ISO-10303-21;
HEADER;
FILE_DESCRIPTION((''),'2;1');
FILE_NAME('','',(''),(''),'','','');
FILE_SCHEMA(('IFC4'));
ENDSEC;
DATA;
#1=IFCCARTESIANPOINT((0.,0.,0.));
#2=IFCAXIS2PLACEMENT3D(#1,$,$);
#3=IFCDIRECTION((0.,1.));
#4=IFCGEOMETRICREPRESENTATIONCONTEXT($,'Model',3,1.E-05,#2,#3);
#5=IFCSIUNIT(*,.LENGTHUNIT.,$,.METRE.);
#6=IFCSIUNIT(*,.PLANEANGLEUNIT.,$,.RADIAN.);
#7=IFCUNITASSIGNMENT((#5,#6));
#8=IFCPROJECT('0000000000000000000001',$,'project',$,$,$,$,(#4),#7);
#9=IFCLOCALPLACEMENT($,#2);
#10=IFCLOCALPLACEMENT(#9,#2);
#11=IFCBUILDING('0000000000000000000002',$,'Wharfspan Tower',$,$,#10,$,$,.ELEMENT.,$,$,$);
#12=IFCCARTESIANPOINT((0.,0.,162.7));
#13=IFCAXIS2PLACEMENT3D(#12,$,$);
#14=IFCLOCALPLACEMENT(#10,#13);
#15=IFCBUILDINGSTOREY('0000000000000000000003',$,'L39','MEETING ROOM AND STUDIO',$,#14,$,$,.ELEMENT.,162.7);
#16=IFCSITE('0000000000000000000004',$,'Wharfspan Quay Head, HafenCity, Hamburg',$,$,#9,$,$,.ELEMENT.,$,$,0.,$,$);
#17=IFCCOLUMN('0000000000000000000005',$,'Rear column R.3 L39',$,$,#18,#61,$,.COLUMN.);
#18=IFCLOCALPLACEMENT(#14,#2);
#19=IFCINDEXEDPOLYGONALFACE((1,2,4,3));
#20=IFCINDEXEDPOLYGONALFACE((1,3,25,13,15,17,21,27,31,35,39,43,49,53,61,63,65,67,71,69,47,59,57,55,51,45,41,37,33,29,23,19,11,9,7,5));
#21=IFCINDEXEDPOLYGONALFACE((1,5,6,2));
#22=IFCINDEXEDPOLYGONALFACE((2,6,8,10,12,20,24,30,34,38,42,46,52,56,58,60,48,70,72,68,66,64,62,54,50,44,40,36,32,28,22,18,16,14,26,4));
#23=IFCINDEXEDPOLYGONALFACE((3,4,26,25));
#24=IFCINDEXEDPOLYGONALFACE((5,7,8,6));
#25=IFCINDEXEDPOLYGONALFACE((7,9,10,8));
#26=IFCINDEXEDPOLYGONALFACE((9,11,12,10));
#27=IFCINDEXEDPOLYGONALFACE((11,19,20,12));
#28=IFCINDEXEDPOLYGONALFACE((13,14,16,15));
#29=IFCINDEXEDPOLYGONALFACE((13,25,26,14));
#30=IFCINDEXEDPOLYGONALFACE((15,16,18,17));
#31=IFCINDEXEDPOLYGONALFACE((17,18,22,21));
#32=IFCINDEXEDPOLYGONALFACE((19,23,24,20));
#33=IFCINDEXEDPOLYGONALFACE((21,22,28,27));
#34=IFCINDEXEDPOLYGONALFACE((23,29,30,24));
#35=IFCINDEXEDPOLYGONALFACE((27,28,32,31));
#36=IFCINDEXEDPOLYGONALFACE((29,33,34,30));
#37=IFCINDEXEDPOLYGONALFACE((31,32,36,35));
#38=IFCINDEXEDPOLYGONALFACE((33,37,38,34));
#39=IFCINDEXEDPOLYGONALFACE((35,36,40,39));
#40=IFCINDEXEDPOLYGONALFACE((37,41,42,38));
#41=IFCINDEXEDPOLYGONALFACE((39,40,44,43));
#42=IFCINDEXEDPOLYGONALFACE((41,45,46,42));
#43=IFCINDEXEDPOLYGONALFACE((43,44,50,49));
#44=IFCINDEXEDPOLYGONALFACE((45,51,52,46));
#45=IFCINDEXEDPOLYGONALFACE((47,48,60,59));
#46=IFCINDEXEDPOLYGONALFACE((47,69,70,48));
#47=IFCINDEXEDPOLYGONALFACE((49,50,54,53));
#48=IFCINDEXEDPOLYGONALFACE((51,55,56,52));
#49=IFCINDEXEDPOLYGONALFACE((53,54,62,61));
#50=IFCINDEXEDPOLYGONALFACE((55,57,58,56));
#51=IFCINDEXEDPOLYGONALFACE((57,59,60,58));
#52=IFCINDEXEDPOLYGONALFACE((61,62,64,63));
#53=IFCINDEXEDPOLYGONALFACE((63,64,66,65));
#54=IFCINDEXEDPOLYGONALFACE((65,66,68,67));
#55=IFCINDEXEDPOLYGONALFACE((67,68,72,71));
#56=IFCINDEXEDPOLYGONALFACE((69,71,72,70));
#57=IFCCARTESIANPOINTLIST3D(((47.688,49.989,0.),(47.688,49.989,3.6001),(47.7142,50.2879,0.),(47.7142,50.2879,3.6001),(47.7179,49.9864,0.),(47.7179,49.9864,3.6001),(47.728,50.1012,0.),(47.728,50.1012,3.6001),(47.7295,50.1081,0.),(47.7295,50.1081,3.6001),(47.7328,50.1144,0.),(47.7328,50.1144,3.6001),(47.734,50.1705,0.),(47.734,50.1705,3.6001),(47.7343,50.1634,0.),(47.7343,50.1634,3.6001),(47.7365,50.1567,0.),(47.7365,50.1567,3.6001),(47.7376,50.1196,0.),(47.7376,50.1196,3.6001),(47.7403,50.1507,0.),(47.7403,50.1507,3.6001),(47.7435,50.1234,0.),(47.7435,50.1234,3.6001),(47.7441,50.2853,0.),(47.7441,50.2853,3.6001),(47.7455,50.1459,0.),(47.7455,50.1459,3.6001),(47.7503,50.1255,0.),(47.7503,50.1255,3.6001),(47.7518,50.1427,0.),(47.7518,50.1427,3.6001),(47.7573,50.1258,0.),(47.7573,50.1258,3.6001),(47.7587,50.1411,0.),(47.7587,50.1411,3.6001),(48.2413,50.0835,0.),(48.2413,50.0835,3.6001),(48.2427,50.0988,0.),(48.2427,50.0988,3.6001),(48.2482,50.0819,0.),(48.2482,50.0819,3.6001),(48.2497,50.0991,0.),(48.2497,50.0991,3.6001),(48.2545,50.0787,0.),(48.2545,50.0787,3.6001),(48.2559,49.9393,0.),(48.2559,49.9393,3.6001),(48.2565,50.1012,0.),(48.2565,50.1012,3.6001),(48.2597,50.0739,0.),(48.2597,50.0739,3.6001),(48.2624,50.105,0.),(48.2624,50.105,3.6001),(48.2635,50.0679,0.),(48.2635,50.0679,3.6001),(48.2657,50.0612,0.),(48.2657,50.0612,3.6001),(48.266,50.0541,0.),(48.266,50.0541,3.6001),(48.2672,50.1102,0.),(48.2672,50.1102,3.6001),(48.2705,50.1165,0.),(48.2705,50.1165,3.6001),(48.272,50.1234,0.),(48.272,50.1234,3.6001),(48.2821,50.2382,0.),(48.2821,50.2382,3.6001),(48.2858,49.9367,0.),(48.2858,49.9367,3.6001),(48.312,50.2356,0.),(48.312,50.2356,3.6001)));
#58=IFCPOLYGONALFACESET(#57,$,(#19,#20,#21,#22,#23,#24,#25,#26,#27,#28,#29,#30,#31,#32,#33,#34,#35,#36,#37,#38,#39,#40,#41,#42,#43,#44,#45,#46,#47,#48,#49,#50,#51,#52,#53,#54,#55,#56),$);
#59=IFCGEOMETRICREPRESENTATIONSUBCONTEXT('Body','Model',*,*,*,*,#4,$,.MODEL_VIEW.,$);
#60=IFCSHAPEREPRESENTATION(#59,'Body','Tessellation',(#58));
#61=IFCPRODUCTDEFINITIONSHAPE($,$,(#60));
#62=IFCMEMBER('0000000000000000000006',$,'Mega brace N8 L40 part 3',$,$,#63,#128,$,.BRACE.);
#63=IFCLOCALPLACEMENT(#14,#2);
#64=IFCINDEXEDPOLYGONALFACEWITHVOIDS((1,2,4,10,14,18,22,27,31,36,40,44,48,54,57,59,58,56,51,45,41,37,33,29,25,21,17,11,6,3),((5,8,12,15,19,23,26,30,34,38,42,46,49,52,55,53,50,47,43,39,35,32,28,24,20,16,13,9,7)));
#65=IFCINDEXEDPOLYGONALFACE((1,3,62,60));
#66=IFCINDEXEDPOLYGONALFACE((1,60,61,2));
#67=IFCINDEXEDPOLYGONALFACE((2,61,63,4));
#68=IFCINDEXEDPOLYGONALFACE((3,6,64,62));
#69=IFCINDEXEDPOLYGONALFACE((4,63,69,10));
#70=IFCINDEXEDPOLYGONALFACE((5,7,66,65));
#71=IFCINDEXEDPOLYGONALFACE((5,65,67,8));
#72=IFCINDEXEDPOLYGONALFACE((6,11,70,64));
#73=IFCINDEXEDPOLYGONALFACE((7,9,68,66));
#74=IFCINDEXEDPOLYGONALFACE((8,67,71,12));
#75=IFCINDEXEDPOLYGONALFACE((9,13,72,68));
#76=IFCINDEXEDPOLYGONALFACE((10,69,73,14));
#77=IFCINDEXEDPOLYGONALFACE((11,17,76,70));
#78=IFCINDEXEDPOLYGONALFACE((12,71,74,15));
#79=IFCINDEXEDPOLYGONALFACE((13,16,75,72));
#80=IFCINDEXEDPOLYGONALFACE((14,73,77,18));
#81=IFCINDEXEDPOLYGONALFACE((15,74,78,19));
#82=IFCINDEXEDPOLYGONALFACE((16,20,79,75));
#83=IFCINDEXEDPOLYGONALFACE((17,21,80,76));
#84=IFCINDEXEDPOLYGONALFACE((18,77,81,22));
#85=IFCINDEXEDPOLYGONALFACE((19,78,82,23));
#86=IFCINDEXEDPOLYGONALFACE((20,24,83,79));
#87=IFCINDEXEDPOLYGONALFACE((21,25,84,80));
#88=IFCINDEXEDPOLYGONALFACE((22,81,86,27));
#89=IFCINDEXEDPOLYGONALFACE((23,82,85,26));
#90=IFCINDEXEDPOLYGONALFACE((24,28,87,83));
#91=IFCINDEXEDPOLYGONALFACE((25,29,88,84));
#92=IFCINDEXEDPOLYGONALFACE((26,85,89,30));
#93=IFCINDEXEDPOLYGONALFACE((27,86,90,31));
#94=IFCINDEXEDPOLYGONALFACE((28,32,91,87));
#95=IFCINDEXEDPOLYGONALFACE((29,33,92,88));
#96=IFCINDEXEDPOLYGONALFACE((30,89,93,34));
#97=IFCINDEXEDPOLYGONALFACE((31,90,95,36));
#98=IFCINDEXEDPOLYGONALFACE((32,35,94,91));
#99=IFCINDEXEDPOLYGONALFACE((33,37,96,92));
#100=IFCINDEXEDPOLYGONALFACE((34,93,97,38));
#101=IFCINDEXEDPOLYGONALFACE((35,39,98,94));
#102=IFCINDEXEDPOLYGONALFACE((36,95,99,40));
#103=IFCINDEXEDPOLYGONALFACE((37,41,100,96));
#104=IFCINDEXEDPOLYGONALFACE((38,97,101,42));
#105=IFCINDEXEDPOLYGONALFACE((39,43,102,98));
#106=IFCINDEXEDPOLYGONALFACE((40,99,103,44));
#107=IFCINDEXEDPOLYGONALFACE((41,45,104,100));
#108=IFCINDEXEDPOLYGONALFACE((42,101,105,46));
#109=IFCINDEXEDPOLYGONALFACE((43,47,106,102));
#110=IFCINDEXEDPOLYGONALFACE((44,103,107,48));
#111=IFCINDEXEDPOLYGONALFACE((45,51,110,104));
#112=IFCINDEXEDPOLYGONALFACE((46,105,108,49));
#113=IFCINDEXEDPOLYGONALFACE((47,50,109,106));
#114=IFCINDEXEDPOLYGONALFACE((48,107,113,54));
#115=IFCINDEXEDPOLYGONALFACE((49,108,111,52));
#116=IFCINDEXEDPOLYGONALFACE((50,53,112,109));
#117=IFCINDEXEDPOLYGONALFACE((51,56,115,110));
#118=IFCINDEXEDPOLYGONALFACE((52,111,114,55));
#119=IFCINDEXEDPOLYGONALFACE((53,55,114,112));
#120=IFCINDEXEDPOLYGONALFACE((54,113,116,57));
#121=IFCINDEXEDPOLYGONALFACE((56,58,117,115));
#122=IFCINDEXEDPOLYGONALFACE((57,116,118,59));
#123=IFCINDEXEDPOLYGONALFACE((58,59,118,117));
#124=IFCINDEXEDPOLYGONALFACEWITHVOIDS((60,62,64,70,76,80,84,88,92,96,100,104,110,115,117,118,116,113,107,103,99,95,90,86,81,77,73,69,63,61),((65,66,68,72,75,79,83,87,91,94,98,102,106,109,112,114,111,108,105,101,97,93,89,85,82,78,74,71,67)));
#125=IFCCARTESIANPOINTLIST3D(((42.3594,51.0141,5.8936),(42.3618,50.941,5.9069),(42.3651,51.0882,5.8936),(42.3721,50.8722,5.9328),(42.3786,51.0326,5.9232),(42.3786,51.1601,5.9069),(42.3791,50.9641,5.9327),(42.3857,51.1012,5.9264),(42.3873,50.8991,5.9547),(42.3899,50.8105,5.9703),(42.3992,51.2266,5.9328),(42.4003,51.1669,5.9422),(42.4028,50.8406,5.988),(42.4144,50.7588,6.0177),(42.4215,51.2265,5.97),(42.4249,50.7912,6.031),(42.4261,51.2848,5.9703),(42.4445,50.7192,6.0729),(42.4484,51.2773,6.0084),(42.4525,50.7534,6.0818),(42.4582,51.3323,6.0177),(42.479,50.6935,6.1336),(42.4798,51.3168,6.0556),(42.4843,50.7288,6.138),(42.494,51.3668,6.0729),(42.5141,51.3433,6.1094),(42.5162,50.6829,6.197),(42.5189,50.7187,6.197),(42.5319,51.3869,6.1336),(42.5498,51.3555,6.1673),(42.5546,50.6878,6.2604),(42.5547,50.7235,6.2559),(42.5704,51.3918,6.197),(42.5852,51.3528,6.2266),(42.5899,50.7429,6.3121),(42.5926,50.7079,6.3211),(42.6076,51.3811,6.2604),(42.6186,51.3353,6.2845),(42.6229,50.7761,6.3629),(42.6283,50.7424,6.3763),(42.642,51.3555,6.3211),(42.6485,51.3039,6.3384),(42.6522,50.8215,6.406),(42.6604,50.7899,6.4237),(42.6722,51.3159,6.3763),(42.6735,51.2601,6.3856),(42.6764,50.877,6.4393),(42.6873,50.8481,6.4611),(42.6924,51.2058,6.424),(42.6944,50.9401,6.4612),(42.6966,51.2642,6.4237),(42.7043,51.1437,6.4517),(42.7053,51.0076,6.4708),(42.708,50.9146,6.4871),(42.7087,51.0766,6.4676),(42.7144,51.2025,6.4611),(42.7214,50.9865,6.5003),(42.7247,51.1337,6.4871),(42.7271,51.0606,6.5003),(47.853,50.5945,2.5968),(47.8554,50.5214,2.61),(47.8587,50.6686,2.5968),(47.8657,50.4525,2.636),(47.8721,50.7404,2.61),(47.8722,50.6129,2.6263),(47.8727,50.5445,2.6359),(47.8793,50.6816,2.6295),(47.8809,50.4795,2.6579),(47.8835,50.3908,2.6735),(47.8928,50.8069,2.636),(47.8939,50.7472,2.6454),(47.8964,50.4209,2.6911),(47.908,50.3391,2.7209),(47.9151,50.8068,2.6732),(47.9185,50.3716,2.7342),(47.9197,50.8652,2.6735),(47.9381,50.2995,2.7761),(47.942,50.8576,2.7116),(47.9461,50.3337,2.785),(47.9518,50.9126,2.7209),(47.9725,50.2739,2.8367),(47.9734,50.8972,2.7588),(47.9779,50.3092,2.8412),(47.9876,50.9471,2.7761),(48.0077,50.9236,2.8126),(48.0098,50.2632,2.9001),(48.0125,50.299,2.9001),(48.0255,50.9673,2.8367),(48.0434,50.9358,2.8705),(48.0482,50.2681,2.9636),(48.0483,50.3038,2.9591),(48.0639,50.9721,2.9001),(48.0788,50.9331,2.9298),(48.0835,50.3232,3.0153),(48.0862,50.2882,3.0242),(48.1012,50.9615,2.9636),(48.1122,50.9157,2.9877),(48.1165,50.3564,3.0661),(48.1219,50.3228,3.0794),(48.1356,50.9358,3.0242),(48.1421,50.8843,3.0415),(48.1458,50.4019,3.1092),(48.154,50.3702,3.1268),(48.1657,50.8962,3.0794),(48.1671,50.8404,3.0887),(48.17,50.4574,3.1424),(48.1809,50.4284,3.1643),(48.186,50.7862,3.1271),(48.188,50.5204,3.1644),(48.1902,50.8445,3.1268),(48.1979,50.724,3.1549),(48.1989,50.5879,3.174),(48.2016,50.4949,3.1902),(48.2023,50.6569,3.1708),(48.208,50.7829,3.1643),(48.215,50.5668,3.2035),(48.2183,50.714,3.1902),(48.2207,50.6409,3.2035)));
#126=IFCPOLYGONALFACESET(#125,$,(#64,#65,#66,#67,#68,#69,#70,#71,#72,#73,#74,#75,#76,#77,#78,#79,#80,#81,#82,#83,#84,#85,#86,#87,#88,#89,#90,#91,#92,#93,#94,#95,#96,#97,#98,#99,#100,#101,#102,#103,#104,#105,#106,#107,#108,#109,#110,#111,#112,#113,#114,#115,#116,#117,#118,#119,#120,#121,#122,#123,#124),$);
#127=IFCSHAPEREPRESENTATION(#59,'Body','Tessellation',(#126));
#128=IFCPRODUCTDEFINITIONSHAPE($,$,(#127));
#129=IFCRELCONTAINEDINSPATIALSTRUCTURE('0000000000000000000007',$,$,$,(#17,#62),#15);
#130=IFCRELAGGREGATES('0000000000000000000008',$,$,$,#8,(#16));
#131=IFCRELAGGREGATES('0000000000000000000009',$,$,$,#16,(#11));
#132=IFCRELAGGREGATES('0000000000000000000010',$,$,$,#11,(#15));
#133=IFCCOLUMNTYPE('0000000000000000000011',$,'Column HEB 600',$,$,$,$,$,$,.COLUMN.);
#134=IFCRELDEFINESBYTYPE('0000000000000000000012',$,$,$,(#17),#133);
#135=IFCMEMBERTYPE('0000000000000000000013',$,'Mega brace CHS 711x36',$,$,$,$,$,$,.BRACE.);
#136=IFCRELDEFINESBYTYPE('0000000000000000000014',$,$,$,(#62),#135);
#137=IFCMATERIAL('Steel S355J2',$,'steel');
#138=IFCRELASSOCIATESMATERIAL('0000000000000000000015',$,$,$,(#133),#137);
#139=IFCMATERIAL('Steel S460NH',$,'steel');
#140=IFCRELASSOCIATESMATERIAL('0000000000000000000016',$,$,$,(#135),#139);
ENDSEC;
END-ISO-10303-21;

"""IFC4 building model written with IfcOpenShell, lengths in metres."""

from ifc_helpers import new_model, si_unit, direction, frame, origin, origin_2d, place, context, subcontext, project, spatial, hollow_circle, i_section, extrude, material, material_profile, profile_set, type_object, element, save


model = new_model("IFC4")

# Units and contexts
model_context = context("Model", 3, precision=1e-05, world=origin(), true_north=direction((0.0, 1.0)))
body_context = subcontext(model_context, "Body", "Model", "MODEL_VIEW")
ifc_project = project(units=[si_unit("LENGTHUNIT", "METRE"), si_unit("PLANEANGLEUNIT", "RADIAN")], contexts=[model_context])

# Site, building, storey
site_placement = place(None, origin())
site = spatial("IfcSite", under=ifc_project, at=site_placement, Name="Wharfspan Quay Head, HafenCity, Hamburg", CompositionType="ELEMENT", RefElevation=0.0)
building_placement = place(site_placement, origin())
building = spatial("IfcBuilding", under=site, at=building_placement, Name="Wharfspan Tower", CompositionType="ELEMENT")
storey_placement = place(building_placement, frame((0.0, 0.0, 162.7)))
storey = spatial("IfcBuildingStorey", under=building, at=storey_placement, Name="L39", Description="MEETING ROOM AND STUDIO", CompositionType="ELEMENT", Elevation=162.7)

# Column
ifc_material_1 = material(Name="Steel S355J2", Category="steel")
ifc_material_profile_1 = material_profile(ifc_material_1, i_section(OverallWidth=0.3, OverallDepth=0.6001, WebThickness=0.0154, FlangeThickness=0.03, FilletRadius=0.0271, at=origin_2d()))
ifc_profile_set_1 = profile_set([ifc_material_profile_1], Name="Steel S355J2")
column_type = type_object("IfcColumnType", Name="Column HEB 600", PredefinedType="COLUMN", material=ifc_profile_set_1)
column_placement = place(storey_placement, frame((48.0, 50.1123, 0.0), z_axis=(0.0, 0.0, 1.0), x_axis=(0.087156, 0.996198, 0.0)))
element("IfcColumn", 1, at=column_placement, inside=storey, type_object=column_type, Name="Rear column R.3 L39", PredefinedType="COLUMN", context=body_context, shape_type="SweptSolid", body=[
    extrude(i_section(OverallWidth=0.3, OverallDepth=0.6001, WebThickness=0.0154, FlangeThickness=0.03, FilletRadius=0.0271, at=origin_2d()), origin(), (0.0, 0.0, 1.0), 3.6001),
])

# Member
ifc_material_2 = material(Name="Steel S460NH", Category="steel")
ifc_material_profile_2 = material_profile(ifc_material_2, hollow_circle(Radius=0.3555, WallThickness=0.0359, at=origin_2d()))
ifc_profile_set_2 = profile_set([ifc_material_profile_2], Name="Steel S460NH")
member_type = type_object("IfcMemberType", Name="Mega brace CHS 711x36", PredefinedType="BRACE", material=ifc_profile_set_2)
member_placement = place(storey_placement, frame((48.0369, 50.6177, 2.9001), z_axis=(-0.855612, 0.065363, 0.513474), x_axis=(-0.07617, -0.997093, 0.000002)))
element("IfcMember", 2, at=member_placement, inside=storey, type_object=member_type, Name="Mega brace N8 L40 part 3", PredefinedType="BRACE", context=body_context, shape_type="SweptSolid", body=[
    extrude(hollow_circle(Radius=0.3555, WallThickness=0.0359, at=origin_2d()), origin(), (0.0, 0.0, 1.0), 6.4207),
])

save(model, "model.ifc")
